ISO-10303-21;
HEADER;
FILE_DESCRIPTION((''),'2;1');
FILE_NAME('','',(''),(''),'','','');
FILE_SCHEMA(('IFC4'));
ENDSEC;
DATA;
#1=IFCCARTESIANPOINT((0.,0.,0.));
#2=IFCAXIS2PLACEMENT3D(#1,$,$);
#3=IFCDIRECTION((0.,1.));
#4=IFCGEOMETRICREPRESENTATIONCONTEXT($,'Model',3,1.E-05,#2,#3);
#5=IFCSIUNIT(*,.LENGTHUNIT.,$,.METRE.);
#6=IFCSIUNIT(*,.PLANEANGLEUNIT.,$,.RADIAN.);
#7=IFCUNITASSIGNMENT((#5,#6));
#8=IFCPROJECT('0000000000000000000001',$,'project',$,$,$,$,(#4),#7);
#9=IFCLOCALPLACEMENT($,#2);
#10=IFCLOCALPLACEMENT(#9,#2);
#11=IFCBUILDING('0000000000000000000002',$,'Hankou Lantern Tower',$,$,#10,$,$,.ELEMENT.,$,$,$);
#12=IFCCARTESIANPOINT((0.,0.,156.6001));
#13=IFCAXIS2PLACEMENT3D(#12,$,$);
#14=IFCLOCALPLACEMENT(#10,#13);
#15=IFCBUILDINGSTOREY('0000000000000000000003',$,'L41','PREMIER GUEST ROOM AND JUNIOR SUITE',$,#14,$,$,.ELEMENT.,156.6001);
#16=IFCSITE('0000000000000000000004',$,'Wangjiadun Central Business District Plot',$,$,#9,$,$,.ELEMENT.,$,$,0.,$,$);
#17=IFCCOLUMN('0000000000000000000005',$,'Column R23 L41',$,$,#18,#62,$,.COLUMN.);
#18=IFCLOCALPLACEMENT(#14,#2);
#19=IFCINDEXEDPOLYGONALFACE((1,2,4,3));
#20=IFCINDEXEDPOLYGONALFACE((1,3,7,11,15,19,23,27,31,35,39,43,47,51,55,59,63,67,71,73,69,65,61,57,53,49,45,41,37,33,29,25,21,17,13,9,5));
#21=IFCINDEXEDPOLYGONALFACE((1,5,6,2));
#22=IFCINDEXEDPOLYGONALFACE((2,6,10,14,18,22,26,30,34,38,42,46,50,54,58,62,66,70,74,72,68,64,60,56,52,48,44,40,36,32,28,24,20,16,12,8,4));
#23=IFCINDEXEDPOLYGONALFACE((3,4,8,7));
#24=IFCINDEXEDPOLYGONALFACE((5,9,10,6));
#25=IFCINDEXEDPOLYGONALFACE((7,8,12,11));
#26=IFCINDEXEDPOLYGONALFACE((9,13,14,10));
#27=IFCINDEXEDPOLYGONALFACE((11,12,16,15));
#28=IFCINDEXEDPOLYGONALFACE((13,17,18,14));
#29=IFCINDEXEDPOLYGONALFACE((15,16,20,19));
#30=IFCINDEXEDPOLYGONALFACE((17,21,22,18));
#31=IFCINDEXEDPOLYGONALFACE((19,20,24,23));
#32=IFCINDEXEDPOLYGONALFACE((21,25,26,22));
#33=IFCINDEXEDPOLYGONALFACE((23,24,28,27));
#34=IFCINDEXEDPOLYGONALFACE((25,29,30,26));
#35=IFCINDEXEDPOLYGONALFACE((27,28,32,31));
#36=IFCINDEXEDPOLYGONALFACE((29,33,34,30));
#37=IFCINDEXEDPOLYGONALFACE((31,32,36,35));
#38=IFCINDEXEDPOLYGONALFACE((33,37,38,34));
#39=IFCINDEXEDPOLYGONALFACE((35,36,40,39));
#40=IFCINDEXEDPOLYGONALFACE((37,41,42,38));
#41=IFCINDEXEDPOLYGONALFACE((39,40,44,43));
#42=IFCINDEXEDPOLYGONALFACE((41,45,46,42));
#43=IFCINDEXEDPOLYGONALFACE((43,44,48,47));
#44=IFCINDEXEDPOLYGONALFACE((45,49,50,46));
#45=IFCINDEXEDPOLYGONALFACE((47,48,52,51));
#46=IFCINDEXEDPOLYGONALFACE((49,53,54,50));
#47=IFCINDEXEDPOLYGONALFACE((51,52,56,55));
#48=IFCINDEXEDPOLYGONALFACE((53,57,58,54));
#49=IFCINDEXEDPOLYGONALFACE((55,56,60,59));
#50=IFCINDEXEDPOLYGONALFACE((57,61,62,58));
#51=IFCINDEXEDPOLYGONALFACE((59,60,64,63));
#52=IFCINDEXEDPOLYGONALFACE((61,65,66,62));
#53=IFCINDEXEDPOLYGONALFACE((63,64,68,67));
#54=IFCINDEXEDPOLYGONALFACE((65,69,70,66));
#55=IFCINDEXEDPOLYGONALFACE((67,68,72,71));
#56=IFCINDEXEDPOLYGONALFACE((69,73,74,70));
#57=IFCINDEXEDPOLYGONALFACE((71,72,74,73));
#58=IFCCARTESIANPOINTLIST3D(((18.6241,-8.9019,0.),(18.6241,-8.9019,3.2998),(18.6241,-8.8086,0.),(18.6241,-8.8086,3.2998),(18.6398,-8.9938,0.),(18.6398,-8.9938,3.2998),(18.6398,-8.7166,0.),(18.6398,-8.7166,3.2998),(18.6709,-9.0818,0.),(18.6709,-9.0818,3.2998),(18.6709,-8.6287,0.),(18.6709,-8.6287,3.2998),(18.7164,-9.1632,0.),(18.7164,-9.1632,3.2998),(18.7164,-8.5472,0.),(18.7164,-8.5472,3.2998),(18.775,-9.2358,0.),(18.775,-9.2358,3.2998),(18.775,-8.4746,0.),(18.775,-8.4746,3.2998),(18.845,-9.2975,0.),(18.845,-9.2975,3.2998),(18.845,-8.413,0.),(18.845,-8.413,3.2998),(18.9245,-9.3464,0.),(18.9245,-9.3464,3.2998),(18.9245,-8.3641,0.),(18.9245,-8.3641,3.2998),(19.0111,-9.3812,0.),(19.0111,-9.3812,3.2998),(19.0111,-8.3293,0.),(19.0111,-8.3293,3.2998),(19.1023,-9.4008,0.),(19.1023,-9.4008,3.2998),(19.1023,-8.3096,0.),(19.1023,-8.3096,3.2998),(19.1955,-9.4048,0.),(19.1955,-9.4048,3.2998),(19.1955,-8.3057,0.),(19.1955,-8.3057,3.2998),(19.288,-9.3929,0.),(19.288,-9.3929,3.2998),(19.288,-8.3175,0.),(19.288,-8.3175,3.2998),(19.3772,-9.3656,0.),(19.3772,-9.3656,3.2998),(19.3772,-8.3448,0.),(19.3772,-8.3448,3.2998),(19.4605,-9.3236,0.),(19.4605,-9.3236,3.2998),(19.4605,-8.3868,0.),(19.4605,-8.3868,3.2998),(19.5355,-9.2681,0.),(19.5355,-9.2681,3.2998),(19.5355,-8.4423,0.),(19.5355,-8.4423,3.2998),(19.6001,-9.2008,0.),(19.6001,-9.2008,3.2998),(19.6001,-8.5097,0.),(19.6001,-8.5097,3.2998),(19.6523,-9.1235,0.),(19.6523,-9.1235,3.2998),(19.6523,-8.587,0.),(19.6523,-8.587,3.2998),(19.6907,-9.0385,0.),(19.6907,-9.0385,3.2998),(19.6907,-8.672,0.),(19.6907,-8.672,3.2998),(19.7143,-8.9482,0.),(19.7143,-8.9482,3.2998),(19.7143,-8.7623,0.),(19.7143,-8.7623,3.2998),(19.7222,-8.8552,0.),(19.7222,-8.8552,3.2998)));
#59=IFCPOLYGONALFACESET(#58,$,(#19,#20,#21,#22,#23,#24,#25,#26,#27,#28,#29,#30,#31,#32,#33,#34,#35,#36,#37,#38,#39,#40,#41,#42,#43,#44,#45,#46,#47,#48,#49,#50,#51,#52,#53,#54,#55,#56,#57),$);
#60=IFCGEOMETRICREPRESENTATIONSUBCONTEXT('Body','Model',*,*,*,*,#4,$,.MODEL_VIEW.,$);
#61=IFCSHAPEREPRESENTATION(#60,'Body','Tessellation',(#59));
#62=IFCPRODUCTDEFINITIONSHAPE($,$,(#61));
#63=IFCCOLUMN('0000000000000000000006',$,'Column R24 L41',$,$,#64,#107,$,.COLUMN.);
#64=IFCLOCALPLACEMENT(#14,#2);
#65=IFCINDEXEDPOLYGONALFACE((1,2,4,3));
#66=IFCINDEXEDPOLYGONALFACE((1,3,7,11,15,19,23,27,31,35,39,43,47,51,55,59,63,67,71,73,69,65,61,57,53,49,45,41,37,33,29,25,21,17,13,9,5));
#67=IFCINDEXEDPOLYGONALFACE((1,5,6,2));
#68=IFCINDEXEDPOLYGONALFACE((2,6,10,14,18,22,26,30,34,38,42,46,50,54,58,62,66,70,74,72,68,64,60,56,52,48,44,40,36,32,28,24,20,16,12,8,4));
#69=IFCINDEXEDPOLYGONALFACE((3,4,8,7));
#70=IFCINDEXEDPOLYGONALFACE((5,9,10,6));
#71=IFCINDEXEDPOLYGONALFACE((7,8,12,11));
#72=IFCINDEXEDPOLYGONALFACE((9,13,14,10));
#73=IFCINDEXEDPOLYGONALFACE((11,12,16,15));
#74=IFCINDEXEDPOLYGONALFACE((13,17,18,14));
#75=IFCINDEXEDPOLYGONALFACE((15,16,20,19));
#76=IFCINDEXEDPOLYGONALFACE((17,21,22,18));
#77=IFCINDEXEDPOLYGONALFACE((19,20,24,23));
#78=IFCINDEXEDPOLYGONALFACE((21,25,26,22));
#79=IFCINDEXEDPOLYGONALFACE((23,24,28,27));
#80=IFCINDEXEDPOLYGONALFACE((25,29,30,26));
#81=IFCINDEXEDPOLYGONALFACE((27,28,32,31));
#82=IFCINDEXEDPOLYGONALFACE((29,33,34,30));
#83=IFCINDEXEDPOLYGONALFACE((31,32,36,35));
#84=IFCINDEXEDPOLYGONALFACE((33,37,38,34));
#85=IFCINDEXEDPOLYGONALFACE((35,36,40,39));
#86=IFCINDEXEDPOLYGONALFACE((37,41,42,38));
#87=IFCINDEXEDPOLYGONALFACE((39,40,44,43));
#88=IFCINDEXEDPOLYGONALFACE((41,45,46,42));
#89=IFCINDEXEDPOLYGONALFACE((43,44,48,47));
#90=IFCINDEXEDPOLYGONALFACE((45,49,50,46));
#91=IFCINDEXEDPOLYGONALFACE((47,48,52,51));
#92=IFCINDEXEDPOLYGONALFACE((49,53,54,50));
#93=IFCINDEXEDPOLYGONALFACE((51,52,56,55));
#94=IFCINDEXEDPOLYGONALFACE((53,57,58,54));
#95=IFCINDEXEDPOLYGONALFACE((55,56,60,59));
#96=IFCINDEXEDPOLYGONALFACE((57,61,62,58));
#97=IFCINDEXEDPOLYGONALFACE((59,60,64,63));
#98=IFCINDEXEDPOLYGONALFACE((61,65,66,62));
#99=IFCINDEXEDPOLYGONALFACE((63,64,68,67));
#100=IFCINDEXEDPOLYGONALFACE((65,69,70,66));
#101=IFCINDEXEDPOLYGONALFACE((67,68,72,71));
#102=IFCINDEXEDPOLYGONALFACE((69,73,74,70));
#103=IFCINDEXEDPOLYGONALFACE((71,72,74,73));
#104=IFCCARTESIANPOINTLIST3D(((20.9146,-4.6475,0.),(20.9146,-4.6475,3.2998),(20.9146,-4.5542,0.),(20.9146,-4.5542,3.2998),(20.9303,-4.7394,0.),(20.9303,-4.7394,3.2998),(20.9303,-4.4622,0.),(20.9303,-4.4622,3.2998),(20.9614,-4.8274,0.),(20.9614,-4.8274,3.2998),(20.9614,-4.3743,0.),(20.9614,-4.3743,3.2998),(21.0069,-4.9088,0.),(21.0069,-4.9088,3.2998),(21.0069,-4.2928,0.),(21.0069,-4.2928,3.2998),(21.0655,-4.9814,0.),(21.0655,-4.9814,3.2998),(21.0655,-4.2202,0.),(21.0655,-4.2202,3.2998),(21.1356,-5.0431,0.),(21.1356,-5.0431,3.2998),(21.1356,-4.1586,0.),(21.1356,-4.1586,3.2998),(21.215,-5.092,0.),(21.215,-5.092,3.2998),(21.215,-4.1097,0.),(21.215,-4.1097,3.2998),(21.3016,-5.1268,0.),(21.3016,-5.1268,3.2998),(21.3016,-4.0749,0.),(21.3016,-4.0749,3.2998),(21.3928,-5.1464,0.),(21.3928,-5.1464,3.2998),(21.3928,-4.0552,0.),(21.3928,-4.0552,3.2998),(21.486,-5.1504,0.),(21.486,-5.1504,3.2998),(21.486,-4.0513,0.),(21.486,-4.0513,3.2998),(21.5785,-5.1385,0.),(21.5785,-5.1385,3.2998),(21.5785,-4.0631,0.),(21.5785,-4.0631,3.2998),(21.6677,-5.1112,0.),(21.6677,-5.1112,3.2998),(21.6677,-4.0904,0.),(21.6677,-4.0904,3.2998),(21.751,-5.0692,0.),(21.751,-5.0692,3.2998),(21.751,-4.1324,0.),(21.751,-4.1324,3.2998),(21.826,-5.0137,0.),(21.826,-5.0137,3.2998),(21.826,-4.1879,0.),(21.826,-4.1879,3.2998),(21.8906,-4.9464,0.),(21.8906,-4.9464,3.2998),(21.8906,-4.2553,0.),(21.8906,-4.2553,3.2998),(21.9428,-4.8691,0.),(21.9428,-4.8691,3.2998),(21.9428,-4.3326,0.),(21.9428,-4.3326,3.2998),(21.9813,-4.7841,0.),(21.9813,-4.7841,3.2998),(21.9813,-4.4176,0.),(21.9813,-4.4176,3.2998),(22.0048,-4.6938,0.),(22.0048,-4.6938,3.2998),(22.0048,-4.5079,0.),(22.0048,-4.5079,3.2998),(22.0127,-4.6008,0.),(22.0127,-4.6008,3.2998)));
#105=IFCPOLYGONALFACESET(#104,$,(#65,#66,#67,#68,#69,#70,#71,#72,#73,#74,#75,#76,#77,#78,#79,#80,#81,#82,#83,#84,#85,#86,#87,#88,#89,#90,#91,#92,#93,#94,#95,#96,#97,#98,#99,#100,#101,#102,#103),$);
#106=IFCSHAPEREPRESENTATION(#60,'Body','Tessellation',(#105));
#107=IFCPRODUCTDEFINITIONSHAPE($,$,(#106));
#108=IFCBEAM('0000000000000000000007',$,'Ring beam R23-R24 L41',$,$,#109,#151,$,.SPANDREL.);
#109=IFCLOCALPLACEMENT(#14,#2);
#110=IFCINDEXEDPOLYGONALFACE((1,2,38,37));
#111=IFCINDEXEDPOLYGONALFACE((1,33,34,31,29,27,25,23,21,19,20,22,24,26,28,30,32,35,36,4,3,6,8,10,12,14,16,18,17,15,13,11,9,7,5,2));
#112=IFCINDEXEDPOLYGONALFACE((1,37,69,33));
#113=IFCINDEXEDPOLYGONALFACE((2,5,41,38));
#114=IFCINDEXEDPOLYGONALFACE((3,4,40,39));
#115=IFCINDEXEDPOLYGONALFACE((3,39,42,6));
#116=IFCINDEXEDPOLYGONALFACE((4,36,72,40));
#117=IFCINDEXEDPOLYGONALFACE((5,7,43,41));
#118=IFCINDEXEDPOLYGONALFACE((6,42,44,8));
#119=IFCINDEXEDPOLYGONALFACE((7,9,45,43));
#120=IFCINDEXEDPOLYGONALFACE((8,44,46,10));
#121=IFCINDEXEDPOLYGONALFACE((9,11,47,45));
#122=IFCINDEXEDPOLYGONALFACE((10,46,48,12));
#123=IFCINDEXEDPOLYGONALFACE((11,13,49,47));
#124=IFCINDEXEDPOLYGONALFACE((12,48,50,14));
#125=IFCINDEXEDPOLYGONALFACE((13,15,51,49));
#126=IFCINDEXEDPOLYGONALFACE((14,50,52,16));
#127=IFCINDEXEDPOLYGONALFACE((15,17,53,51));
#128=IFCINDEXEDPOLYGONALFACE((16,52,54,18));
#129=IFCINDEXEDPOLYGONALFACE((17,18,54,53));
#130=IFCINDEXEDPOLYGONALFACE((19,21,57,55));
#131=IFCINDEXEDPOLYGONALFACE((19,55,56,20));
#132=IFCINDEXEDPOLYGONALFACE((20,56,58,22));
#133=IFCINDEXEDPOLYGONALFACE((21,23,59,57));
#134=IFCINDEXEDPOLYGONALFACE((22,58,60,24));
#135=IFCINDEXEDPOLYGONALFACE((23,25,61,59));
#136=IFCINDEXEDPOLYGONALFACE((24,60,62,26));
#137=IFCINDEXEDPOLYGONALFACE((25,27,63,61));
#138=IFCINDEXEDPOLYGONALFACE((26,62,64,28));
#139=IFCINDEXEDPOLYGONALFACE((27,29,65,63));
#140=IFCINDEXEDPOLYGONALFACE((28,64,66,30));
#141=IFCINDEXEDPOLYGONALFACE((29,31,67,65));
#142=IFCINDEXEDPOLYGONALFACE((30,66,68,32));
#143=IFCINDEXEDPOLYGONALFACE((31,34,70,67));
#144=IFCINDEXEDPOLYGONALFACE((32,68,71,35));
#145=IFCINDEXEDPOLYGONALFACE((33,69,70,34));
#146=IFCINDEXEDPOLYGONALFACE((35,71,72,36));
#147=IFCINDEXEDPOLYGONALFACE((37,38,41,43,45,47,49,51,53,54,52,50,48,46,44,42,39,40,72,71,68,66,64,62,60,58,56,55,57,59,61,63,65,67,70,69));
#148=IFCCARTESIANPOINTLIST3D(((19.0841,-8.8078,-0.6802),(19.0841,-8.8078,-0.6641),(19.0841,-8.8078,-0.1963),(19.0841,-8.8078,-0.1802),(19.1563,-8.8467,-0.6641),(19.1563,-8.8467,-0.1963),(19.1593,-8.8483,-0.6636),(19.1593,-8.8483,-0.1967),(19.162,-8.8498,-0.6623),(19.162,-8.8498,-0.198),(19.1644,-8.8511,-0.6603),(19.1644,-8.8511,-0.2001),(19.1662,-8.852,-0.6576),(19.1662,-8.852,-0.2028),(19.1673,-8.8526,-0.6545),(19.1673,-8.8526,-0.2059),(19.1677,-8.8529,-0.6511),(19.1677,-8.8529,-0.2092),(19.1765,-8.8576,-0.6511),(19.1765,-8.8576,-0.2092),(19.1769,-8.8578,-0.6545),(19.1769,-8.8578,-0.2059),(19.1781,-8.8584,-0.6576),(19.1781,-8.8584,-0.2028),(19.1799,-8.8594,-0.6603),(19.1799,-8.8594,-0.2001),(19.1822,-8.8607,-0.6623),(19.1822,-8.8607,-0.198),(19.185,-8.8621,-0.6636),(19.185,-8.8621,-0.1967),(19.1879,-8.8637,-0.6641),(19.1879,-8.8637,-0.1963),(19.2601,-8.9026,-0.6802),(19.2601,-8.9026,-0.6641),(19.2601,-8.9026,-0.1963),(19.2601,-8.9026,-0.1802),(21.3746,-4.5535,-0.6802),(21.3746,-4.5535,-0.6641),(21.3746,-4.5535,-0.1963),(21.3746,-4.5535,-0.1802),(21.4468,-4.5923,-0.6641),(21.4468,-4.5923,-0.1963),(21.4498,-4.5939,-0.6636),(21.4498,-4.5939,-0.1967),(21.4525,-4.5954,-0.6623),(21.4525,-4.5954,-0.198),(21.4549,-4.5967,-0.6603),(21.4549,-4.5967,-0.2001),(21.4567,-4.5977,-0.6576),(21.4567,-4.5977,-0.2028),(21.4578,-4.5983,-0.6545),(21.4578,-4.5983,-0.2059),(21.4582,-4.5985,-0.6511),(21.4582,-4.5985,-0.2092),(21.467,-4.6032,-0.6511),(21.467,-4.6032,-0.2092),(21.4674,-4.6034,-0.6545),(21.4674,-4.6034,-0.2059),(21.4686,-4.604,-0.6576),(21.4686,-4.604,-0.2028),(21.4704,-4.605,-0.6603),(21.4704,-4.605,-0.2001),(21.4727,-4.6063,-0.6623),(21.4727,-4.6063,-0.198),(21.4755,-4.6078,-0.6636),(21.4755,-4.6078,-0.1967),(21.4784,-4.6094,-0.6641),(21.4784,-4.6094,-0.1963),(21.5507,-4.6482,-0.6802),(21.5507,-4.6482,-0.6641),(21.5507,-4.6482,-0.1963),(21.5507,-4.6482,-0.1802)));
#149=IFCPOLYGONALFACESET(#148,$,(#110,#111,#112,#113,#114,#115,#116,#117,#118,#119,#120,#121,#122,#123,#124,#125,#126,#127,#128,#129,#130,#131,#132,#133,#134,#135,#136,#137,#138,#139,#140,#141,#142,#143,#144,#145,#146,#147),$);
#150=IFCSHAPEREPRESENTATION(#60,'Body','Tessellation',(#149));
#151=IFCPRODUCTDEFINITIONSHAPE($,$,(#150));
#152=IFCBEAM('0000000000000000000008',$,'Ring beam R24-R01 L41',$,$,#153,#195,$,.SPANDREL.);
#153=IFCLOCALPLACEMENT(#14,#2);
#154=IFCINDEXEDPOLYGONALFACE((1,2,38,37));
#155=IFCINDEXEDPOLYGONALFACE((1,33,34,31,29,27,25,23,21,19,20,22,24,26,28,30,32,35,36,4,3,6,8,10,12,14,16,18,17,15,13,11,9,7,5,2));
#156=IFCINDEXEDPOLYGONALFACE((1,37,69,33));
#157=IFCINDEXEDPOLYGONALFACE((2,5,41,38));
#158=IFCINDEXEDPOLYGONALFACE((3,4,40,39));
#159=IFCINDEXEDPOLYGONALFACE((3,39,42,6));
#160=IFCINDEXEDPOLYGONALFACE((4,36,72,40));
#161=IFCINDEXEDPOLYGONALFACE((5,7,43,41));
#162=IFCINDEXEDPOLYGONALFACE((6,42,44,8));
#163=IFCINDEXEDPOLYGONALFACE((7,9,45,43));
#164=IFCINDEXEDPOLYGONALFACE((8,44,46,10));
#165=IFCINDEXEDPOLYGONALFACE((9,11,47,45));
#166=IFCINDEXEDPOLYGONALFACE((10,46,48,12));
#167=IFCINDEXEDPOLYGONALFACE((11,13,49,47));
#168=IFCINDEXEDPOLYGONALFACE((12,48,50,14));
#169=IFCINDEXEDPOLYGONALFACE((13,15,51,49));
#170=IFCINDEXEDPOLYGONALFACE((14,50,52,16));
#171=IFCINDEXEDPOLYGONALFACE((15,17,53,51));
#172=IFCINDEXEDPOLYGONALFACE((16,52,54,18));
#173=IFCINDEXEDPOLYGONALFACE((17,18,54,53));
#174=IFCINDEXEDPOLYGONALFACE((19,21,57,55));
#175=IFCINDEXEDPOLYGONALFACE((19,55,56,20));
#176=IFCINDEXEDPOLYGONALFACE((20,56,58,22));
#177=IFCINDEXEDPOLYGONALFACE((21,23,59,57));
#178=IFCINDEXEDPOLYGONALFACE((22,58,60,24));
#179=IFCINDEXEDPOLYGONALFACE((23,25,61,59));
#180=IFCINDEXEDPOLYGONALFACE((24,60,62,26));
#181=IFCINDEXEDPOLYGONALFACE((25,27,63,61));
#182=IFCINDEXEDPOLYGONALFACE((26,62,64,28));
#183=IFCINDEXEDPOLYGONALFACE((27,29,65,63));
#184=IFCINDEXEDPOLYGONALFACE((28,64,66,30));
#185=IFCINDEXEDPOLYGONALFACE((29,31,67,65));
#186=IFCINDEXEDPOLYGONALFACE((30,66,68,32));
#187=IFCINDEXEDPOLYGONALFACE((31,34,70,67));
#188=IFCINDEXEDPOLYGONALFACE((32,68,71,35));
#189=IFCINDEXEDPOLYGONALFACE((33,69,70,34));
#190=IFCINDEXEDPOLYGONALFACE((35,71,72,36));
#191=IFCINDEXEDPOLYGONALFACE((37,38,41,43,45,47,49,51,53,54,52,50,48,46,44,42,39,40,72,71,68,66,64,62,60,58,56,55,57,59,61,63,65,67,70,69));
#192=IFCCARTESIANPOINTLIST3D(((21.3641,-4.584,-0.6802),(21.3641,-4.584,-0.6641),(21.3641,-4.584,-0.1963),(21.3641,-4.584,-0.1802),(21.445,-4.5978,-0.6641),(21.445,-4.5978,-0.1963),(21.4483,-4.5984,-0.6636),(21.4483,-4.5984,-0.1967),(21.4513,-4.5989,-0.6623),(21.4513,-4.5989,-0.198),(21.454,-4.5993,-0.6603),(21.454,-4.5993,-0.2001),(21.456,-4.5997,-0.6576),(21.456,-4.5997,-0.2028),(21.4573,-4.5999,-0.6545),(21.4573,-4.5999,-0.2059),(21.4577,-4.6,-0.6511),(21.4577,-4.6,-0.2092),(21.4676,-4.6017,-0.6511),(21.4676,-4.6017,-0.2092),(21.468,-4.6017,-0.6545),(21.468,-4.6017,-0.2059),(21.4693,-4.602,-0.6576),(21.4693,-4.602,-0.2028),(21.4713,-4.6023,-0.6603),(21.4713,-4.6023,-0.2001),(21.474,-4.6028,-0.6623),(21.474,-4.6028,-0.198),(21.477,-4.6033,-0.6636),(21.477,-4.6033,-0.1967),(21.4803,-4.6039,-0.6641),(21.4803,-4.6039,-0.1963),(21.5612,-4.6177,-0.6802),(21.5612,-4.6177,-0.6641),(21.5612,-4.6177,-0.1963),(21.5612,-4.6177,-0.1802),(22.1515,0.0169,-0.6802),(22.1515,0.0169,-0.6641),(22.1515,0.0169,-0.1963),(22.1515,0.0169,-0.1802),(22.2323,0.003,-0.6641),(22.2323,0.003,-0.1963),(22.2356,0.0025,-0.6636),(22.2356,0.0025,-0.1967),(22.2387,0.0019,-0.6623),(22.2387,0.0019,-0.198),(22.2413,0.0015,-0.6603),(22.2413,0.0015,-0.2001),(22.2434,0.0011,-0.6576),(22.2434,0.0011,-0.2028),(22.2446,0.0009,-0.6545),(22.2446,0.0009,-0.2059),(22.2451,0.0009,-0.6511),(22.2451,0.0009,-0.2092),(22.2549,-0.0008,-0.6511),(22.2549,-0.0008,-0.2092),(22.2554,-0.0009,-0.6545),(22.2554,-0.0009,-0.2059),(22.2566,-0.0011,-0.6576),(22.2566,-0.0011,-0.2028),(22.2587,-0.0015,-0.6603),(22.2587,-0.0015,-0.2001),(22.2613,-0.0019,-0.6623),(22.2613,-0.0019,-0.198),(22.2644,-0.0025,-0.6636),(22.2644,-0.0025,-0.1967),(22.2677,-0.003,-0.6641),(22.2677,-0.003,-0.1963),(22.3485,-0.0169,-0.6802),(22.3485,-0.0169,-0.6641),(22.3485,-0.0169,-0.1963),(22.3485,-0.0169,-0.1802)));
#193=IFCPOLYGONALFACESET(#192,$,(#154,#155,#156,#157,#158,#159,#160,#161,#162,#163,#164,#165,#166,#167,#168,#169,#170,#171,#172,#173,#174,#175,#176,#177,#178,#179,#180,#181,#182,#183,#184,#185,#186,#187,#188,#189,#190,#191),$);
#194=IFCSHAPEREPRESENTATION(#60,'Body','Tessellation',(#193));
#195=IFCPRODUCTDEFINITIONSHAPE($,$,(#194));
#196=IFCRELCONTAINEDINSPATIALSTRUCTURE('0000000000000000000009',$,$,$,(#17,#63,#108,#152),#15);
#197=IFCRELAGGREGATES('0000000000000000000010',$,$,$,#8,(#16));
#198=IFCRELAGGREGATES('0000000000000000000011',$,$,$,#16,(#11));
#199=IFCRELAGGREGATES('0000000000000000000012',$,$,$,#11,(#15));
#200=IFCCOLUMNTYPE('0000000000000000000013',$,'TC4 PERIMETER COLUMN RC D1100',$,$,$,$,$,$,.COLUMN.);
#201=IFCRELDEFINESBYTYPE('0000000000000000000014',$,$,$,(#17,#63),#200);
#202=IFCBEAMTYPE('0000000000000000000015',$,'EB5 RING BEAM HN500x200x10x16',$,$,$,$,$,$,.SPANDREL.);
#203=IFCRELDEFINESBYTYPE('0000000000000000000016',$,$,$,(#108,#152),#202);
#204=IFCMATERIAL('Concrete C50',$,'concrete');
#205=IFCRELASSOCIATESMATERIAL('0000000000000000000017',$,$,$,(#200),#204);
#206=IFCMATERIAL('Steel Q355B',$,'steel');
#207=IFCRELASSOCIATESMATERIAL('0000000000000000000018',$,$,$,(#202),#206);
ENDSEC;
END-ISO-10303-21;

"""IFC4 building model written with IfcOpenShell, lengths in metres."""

from ifc_helpers import new_model, si_unit, direction, frame, origin, origin_2d, place, context, subcontext, project, spatial, circle, i_section, extrude, material, material_profile, profile_set, type_object, element, save


model = new_model("IFC4")

# Units and contexts
model_context = context("Model", 3, precision=1e-05, world=origin(), true_north=direction((0.0, 1.0)))
body_context = subcontext(model_context, "Body", "Model", "MODEL_VIEW")
ifc_project = project(units=[si_unit("LENGTHUNIT", "METRE"), si_unit("PLANEANGLEUNIT", "RADIAN")], contexts=[model_context])

# Site, building, storey
site_placement = place(None, origin())
site = spatial("IfcSite", under=ifc_project, at=site_placement, Name="Wangjiadun Central Business District Plot", CompositionType="ELEMENT", RefElevation=0.0)
building_placement = place(site_placement, origin())
building = spatial("IfcBuilding", under=site, at=building_placement, Name="Hankou Lantern Tower", CompositionType="ELEMENT")
storey_placement = place(building_placement, frame((0.0, 0.0, 156.6001)))
storey = spatial("IfcBuildingStorey", under=building, at=storey_placement, Name="L41", Description="PREMIER GUEST ROOM AND JUNIOR SUITE", CompositionType="ELEMENT", Elevation=156.6001)

# Columns
ifc_material_1 = material(Name="Concrete C50", Category="concrete")
ifc_material_profile_1 = material_profile(ifc_material_1, circle(Radius=0.55, at=origin_2d()), Name="RC D1100")
ifc_profile_set_1 = profile_set([ifc_material_profile_1], Name="Concrete C50")
column_type = type_object("IfcColumnType", Name="TC4 PERIMETER COLUMN RC D1100", PredefinedType="COLUMN", material=ifc_profile_set_1)
for number, where, z_axis, x_axis, name in (
    (1, (19.1721, -8.8552, 0.0), (0.0, 0.0, 1.0), (1.0, 0.0, 0.0), "Column R23 L41"),
    (2, (21.4626, -4.6008, 0.0), (0.0, 0.0, 1.0), (1.0, 0.0, 0.0), "Column R24 L41"),
):
    element("IfcColumn", number, at=place(storey_placement, frame(where, z_axis=z_axis, x_axis=x_axis)), inside=storey, type_object=column_type, Name=name, PredefinedType="COLUMN", context=body_context, shape_type="SweptSolid", body=[
        extrude(circle(Radius=0.55, at=origin_2d()), origin(), (0.0, 0.0, 1.0), 3.2998),
    ])

# Beams
ifc_material_2 = material(Name="Steel Q355B", Category="steel")
ifc_material_profile_2 = material_profile(ifc_material_2, i_section(OverallWidth=0.2, OverallDepth=0.5, WebThickness=0.01, FlangeThickness=0.0161, FilletRadius=0.0129, at=origin_2d()), Name="HN500x200x10x16")
ifc_profile_set_2 = profile_set([ifc_material_profile_2], Name="Steel Q355B")
beam_type_1 = type_object("IfcBeamType", Name="EB5 RING BEAM HN500x200x10x16", PredefinedType="SPANDREL", material=ifc_profile_set_2)
beam_1_placement = place(storey_placement, frame((19.1721, -8.8552, -0.4302), z_axis=(0.474052, 0.880497, 0.0), x_axis=(-0.880497, 0.474052, 0.0)))
element("IfcBeam", 3, at=beam_1_placement, inside=storey, type_object=beam_type_1, Name="Ring beam R23-R24 L41", PredefinedType="SPANDREL", context=body_context, shape_type="SweptSolid", body=[
    extrude(i_section(OverallWidth=0.2, OverallDepth=0.5, WebThickness=0.01, FlangeThickness=0.0161, FilletRadius=0.0129, at=origin_2d()), origin(), (0.0, 0.0, 1.0), 4.8318),
])
beam_2_placement = place(storey_placement, frame((21.4626, -4.6008, -0.4302), z_axis=(0.168681, 0.985671, 0.0), x_axis=(-0.985671, 0.168681, 0.0)))
element("IfcBeam", 4, at=beam_2_placement, inside=storey, type_object=beam_type_1, Name="Ring beam R24-R01 L41", PredefinedType="SPANDREL", context=body_context, shape_type="SweptSolid", body=[
    extrude(i_section(OverallWidth=0.2, OverallDepth=0.5, WebThickness=0.01, FlangeThickness=0.0161, FilletRadius=0.0129, at=origin_2d()), origin(), (0.0, 0.0, 1.0), 4.6677),
])

save(model, "model.ifc")
